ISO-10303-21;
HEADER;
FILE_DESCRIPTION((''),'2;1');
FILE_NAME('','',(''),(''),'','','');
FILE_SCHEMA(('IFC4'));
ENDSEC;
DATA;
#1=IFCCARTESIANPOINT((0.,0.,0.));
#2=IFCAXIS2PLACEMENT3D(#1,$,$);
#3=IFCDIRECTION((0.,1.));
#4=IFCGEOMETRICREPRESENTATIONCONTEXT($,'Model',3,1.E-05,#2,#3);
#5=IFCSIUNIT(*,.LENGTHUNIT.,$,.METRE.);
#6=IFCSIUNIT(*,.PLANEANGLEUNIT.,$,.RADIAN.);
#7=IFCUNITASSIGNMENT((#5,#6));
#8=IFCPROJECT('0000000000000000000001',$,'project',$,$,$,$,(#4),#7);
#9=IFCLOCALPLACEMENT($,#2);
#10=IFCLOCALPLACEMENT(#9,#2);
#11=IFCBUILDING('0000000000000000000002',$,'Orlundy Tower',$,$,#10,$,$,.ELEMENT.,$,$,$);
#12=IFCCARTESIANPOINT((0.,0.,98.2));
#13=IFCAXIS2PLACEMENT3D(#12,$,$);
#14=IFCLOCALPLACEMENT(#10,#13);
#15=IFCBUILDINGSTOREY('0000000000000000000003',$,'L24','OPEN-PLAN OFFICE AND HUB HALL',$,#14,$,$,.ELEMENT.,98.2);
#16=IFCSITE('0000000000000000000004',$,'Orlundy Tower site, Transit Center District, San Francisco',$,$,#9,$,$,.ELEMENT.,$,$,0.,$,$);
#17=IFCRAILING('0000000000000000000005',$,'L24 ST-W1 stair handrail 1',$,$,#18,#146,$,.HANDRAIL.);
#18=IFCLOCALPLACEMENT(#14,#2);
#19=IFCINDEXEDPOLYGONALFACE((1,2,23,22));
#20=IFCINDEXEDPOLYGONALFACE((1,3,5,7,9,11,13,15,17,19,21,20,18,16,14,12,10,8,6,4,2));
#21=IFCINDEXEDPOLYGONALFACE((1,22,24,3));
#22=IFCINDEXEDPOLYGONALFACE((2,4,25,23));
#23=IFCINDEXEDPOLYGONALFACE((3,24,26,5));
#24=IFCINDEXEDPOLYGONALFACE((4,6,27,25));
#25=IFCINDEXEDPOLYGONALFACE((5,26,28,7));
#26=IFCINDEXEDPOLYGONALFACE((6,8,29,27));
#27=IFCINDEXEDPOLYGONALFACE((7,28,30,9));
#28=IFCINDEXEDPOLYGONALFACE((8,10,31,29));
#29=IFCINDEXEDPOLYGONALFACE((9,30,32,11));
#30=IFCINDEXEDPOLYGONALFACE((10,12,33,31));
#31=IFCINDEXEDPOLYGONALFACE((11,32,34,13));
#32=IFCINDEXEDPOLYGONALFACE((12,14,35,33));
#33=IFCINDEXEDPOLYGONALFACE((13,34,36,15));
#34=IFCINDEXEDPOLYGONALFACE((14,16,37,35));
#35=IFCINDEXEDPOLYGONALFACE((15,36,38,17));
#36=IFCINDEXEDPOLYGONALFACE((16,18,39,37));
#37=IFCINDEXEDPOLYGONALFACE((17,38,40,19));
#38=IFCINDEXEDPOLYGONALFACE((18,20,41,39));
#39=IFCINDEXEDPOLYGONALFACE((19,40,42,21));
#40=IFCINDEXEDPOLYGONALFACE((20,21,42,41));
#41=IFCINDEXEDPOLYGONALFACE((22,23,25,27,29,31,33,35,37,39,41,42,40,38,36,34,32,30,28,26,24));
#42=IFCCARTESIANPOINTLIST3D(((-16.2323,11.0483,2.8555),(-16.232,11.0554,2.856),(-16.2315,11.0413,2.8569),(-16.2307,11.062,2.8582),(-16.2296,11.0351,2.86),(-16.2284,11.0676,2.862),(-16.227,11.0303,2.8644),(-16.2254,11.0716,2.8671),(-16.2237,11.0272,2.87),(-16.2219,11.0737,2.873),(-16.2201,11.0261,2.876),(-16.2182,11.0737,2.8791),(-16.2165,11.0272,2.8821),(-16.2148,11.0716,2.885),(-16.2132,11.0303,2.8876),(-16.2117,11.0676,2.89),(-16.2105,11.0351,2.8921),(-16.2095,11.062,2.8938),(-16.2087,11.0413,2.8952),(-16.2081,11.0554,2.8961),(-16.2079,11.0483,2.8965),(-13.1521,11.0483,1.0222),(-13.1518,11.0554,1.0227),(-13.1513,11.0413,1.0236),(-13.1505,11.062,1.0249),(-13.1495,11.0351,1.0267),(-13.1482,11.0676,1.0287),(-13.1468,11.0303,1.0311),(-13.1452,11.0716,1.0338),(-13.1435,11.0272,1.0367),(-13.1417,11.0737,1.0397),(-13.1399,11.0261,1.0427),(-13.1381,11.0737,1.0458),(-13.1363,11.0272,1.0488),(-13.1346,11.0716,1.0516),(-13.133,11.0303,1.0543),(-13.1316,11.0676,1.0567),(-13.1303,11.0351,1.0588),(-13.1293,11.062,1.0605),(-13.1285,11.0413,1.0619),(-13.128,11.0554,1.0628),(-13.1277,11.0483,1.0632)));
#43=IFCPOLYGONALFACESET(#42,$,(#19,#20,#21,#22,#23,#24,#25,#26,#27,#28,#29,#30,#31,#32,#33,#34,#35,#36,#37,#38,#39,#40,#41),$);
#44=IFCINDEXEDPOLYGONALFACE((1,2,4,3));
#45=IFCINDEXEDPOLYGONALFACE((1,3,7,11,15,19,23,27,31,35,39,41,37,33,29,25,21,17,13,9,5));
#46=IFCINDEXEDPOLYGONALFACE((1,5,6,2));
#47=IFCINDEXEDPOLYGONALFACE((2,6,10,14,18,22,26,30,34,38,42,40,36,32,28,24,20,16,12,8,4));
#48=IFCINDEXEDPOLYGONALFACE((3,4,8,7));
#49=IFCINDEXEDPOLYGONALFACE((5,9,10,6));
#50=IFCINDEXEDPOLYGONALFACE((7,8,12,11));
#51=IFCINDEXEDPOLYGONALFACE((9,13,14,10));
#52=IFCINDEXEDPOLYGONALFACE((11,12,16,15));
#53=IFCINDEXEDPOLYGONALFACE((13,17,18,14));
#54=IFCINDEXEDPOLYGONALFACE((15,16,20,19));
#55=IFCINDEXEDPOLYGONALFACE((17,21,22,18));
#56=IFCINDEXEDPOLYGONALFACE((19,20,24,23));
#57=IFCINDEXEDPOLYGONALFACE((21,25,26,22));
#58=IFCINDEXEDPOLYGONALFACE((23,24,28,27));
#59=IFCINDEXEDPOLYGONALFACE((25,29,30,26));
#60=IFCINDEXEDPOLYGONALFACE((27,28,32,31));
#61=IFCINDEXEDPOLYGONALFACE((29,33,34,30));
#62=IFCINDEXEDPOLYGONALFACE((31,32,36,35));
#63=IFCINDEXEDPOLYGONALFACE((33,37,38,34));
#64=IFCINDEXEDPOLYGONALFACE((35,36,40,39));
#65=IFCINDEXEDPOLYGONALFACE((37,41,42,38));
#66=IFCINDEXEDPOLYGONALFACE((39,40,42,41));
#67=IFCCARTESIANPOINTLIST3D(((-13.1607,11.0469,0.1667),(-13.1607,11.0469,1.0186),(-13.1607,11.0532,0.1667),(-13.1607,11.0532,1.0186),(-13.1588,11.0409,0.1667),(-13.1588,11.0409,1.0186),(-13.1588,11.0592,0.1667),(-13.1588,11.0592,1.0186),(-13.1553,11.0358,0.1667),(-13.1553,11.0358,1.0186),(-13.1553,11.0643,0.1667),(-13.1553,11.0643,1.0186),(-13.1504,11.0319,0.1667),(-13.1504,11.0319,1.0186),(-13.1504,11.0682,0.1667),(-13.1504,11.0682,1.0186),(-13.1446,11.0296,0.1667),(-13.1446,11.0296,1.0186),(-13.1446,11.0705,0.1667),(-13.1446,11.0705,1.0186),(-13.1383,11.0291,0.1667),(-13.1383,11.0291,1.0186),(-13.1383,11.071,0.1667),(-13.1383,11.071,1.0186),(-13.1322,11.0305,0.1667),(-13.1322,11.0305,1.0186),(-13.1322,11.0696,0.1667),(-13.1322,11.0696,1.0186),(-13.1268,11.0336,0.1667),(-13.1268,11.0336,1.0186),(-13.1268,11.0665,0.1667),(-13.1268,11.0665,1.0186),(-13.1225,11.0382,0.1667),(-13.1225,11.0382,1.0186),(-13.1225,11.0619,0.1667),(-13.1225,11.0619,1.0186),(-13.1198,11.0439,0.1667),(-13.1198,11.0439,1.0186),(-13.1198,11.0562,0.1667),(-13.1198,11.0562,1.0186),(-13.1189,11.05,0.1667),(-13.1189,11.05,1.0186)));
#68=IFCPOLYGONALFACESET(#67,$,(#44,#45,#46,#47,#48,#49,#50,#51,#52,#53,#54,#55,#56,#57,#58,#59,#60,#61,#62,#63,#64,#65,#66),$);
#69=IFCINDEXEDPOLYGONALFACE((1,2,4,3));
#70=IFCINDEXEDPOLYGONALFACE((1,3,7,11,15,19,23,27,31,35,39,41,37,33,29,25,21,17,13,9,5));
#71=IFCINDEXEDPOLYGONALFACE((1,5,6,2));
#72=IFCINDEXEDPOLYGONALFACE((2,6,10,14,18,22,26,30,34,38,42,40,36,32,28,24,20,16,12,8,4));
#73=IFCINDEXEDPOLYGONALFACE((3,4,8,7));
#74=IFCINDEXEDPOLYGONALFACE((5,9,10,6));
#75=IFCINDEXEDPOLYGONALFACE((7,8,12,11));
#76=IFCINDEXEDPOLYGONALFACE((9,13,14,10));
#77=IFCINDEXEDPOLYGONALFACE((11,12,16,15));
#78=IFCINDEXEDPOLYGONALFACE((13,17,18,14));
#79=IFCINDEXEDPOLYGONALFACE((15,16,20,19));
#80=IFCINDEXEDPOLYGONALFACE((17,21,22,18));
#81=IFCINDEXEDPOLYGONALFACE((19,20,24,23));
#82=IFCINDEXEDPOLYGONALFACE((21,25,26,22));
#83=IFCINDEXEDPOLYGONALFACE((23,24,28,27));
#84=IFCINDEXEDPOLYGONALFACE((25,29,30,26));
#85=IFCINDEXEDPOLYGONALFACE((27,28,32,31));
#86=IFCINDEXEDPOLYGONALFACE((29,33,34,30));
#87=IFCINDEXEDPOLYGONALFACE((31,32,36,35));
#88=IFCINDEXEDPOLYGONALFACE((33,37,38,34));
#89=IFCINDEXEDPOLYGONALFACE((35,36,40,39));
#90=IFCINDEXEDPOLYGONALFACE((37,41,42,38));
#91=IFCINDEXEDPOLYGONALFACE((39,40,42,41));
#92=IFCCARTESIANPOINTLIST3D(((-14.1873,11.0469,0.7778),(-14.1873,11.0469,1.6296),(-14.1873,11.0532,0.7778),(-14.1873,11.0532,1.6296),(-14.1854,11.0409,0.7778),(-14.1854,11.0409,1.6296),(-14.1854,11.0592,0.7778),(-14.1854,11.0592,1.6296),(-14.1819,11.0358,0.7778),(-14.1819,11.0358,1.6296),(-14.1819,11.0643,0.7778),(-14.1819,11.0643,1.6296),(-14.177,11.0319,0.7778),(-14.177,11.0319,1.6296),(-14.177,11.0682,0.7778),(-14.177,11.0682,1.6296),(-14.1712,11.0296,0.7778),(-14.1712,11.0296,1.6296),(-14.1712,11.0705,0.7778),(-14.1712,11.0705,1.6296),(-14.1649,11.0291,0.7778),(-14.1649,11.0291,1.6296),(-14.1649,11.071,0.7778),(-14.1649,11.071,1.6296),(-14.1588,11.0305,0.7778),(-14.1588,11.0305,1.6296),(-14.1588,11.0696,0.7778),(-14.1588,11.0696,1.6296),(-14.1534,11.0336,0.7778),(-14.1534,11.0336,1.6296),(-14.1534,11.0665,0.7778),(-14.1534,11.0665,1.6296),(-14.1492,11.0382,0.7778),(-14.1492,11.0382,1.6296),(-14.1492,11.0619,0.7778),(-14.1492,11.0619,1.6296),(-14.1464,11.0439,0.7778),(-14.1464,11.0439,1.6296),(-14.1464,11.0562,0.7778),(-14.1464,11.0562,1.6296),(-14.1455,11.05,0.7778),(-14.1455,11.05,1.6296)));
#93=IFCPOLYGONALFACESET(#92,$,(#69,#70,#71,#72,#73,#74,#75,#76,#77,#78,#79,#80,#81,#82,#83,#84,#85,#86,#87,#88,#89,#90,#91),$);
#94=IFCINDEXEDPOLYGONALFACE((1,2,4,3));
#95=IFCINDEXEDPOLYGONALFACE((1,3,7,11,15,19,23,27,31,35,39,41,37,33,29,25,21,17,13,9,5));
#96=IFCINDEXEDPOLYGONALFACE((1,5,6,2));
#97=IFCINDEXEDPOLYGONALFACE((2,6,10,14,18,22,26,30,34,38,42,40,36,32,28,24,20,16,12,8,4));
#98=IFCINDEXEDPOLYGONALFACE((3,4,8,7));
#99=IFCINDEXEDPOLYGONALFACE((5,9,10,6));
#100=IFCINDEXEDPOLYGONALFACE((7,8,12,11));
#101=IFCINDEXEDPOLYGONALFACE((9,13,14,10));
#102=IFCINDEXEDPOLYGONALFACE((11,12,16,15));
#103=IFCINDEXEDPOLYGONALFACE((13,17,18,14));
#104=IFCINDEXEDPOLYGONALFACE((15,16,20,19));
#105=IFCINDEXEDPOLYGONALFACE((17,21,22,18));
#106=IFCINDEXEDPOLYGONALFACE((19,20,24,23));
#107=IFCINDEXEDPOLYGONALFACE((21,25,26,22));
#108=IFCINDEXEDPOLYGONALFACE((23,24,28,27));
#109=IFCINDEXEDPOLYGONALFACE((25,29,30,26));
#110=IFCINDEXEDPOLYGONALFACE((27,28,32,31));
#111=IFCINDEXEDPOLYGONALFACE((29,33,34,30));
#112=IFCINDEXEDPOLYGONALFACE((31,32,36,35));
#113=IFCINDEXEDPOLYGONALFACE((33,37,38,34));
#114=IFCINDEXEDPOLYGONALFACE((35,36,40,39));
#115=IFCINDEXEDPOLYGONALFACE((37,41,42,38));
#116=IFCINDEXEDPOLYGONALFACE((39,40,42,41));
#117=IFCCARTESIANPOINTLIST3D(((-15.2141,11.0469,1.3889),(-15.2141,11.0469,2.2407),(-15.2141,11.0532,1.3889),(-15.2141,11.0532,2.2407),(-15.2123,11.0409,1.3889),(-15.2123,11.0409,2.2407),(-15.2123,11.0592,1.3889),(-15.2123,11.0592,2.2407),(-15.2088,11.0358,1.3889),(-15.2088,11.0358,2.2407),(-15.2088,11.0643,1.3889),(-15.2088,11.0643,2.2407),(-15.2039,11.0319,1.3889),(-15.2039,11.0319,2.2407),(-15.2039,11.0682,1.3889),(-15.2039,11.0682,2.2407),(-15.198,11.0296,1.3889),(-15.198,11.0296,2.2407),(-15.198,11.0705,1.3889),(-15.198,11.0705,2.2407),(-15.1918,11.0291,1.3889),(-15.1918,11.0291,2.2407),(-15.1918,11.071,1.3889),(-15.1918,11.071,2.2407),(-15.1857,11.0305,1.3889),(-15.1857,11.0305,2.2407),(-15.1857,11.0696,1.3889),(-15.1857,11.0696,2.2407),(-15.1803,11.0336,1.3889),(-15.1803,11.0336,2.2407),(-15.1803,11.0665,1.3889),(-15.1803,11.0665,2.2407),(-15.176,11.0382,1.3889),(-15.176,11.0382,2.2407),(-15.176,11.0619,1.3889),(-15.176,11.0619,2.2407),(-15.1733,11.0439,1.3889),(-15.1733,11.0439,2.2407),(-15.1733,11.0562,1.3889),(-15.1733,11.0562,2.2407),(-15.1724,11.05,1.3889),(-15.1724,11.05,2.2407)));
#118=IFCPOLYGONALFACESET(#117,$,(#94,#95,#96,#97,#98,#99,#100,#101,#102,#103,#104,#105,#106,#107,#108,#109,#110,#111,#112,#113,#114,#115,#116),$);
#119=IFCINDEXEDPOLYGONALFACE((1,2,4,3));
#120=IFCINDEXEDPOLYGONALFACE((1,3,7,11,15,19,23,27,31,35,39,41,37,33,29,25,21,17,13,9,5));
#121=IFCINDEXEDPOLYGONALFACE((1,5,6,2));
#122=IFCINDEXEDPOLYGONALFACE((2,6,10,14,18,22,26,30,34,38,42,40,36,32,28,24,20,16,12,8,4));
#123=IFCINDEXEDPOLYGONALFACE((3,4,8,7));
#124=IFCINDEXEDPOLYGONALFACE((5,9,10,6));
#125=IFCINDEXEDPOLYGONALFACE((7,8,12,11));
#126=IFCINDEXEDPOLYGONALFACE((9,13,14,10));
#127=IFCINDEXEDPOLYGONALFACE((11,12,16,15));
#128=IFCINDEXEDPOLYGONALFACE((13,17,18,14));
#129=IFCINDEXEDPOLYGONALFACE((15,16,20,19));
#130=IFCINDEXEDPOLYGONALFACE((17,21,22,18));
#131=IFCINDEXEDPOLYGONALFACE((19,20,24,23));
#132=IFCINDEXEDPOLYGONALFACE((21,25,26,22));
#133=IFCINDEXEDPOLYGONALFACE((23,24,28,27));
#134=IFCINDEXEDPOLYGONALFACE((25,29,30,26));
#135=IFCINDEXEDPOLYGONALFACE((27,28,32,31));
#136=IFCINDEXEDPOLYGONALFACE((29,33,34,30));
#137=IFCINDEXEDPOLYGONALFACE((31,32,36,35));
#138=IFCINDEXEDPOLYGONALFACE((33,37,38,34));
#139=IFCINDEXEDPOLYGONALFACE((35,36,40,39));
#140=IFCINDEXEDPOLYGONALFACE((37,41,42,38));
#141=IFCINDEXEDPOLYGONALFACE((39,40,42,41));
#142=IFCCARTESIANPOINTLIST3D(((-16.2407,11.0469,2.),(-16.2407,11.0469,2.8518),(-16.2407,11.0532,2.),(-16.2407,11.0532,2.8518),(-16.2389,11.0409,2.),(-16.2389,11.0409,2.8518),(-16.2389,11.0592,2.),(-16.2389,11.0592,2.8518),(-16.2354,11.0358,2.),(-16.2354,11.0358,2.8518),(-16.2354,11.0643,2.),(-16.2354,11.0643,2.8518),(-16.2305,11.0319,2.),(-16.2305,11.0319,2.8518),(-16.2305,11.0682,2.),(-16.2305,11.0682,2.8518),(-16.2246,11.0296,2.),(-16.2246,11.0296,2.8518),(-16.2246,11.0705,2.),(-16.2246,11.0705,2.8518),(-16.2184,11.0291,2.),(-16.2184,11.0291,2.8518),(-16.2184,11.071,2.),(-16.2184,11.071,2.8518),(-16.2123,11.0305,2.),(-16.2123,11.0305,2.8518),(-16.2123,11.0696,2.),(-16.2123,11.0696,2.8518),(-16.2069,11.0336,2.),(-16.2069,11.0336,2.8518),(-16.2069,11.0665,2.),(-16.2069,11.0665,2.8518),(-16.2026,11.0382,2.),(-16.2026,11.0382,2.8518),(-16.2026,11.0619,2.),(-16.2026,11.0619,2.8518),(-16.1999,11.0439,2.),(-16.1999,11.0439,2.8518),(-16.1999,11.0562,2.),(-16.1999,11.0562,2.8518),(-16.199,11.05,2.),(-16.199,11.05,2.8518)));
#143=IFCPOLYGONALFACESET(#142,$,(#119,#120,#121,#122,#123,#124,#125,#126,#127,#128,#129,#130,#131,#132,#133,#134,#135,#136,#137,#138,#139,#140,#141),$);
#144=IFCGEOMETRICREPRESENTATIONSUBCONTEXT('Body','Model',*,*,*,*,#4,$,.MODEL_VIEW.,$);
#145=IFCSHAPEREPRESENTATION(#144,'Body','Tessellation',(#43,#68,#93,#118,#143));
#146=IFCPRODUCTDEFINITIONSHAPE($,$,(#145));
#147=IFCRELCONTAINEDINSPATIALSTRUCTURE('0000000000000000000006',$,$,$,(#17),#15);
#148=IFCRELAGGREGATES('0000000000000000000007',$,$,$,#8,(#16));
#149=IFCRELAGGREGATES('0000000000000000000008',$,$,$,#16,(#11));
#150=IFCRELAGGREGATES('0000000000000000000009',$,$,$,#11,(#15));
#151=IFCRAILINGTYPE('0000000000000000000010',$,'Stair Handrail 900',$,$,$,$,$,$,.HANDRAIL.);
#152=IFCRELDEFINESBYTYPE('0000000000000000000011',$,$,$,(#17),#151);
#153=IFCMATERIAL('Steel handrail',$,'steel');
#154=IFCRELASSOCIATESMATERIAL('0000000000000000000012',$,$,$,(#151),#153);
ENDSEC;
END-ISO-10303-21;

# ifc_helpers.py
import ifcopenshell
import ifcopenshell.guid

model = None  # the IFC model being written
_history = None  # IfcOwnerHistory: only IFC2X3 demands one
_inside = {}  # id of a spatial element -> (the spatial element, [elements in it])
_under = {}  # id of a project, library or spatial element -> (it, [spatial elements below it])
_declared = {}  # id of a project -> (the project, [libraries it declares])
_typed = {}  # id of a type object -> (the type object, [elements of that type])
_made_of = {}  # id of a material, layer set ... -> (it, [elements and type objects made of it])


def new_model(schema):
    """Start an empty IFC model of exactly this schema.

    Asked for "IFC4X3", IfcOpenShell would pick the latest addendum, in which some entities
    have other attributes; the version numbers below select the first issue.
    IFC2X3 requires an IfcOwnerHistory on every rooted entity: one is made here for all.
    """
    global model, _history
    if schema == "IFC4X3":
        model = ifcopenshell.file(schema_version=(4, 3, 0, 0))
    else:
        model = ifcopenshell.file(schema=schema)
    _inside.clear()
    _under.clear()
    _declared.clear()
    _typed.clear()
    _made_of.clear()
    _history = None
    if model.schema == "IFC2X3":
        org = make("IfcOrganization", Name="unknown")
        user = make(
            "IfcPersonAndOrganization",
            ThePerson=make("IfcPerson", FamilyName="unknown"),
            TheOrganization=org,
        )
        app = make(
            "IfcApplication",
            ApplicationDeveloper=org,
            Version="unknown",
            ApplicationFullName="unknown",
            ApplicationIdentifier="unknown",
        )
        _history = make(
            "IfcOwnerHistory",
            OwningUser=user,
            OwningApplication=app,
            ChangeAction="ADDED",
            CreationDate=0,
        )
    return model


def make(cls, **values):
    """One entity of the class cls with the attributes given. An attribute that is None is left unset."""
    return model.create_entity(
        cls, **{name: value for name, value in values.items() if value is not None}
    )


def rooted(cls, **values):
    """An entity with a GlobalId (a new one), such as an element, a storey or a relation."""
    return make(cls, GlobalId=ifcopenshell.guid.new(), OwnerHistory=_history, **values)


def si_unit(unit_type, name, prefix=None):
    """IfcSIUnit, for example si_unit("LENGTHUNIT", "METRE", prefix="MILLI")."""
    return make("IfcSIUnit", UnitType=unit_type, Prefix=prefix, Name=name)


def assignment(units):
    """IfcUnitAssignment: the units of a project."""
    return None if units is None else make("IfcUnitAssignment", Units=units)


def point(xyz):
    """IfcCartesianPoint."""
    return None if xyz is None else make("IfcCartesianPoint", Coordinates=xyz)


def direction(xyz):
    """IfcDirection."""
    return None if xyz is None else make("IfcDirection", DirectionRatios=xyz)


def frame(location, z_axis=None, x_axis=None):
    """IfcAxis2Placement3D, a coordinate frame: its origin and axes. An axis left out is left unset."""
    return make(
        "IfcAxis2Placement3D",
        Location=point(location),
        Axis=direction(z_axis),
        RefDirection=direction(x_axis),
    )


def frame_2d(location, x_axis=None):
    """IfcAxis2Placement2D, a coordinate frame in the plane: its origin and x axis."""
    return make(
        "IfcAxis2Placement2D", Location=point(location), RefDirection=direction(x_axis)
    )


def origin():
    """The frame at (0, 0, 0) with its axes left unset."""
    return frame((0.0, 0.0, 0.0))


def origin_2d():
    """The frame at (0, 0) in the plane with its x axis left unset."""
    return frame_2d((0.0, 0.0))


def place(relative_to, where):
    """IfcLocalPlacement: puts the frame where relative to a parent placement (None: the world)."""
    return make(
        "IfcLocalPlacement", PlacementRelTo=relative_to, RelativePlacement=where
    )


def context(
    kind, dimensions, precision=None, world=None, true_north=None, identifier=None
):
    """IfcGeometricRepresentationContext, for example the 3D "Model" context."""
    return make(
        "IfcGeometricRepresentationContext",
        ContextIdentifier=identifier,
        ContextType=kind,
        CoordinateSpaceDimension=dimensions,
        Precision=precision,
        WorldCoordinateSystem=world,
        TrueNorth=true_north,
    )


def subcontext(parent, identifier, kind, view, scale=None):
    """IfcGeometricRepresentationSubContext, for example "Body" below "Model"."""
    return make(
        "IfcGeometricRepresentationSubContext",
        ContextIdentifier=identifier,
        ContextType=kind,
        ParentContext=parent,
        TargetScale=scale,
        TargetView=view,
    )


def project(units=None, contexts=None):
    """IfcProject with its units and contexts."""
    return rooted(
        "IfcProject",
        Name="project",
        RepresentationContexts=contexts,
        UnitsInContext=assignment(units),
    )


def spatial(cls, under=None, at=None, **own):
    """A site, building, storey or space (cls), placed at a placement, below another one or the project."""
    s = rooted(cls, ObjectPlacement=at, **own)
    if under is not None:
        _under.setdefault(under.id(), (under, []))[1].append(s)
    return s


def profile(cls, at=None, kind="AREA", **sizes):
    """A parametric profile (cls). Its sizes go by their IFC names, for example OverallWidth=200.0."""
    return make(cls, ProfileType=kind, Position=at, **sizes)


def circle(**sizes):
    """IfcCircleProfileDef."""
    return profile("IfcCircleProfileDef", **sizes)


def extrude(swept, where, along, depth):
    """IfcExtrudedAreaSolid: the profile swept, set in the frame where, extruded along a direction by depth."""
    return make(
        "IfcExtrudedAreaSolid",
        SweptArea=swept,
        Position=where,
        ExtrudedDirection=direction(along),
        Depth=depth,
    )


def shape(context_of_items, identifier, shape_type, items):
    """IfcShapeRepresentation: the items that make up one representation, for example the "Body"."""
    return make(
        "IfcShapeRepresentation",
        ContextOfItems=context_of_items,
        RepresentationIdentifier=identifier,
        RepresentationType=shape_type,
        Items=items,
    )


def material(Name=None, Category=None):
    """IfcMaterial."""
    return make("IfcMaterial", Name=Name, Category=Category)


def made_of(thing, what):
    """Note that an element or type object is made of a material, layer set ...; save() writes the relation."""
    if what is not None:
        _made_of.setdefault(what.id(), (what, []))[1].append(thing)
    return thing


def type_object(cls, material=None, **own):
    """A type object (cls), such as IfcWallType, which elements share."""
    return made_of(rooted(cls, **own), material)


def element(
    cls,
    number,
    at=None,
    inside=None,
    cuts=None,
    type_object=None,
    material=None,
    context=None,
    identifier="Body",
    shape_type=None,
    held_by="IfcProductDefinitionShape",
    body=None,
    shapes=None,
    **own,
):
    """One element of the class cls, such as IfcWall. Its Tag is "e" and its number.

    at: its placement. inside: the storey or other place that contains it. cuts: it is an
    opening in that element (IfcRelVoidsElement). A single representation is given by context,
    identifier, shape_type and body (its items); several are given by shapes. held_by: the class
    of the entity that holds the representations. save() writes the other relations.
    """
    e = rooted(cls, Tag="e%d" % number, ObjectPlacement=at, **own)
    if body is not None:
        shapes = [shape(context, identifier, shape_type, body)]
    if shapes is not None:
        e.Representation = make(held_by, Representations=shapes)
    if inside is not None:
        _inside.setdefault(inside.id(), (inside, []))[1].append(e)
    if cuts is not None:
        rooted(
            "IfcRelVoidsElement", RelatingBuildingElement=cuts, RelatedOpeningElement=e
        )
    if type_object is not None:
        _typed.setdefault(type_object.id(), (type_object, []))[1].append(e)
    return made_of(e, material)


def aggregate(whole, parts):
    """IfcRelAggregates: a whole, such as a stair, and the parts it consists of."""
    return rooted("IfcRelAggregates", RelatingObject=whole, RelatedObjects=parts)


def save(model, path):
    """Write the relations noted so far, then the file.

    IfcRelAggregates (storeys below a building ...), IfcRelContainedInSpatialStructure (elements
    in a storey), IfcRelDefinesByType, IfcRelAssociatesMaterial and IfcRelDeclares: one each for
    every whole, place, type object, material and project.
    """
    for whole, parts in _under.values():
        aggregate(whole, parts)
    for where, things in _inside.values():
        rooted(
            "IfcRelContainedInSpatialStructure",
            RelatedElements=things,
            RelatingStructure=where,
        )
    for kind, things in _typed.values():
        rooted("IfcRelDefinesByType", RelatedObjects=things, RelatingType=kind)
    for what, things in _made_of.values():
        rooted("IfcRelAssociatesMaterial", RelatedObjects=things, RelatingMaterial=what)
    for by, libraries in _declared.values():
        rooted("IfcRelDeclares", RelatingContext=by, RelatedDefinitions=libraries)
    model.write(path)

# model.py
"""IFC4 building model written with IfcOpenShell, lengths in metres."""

from ifc_helpers import new_model, si_unit, direction, frame, origin, origin_2d, place, context, subcontext, project, spatial, circle, extrude, material, type_object, element, save


model = new_model("IFC4")

# Units and contexts
model_context = context("Model", 3, precision=1e-05, world=origin(), true_north=direction((0.0, 1.0)))
body_context = subcontext(model_context, "Body", "Model", "MODEL_VIEW")
ifc_project = project(units=[si_unit("LENGTHUNIT", "METRE"), si_unit("PLANEANGLEUNIT", "RADIAN")], contexts=[model_context])

# Site, building, storey
site_placement = place(None, origin())
site = spatial("IfcSite", under=ifc_project, at=site_placement, Name="Orlundy Tower site, Transit Center District, San Francisco", CompositionType="ELEMENT", RefElevation=0.0)
building_placement = place(site_placement, origin())
building = spatial("IfcBuilding", under=site, at=building_placement, Name="Orlundy Tower", CompositionType="ELEMENT")
storey_placement = place(building_placement, frame((0.0, 0.0, 98.2)))
storey = spatial("IfcBuildingStorey", under=building, at=storey_placement, Name="L24", Description="OPEN-PLAN OFFICE AND HUB HALL", CompositionType="ELEMENT", Elevation=98.2)

# Railing
ifc_material_1 = material(Name="Steel handrail", Category="steel")
railing_type_1 = type_object("IfcRailingType", Name="Stair Handrail 900", PredefinedType="HANDRAIL", material=ifc_material_1)
railing_1_placement = place(storey_placement, frame((-13.1399, 11.05, 0.1667)))
element("IfcRailing", 1, at=railing_1_placement, inside=storey, type_object=railing_type_1, Name="L24 ST-W1 stair handrail 1", PredefinedType="HANDRAIL", context=body_context, shape_type="SweptSolid", body=[
    extrude(circle(Radius=0.0239, at=origin_2d()), frame((0.0, 0.0, 0.876), z_axis=(-0.859309, 0.0, 0.511458), x_axis=(0.0, -1.0, 0.0)), (0.0, 0.0, 1.0), 3.5845),
    extrude(circle(Radius=0.021, at=origin_2d()), origin(), (0.0, 0.0, 1.0), 0.8518),
    extrude(circle(Radius=0.021, at=origin_2d()), frame((-1.0266, 0.0, 0.6111)), (0.0, 0.0, 1.0), 0.8518),
    extrude(circle(Radius=0.021, at=origin_2d()), frame((-2.0535, 0.0, 1.2222)), (0.0, 0.0, 1.0), 0.8518),
    extrude(circle(Radius=0.021, at=origin_2d()), frame((-3.0801, 0.0, 1.8333)), (0.0, 0.0, 1.0), 0.8518),
])

save(model, "model.ifc")
